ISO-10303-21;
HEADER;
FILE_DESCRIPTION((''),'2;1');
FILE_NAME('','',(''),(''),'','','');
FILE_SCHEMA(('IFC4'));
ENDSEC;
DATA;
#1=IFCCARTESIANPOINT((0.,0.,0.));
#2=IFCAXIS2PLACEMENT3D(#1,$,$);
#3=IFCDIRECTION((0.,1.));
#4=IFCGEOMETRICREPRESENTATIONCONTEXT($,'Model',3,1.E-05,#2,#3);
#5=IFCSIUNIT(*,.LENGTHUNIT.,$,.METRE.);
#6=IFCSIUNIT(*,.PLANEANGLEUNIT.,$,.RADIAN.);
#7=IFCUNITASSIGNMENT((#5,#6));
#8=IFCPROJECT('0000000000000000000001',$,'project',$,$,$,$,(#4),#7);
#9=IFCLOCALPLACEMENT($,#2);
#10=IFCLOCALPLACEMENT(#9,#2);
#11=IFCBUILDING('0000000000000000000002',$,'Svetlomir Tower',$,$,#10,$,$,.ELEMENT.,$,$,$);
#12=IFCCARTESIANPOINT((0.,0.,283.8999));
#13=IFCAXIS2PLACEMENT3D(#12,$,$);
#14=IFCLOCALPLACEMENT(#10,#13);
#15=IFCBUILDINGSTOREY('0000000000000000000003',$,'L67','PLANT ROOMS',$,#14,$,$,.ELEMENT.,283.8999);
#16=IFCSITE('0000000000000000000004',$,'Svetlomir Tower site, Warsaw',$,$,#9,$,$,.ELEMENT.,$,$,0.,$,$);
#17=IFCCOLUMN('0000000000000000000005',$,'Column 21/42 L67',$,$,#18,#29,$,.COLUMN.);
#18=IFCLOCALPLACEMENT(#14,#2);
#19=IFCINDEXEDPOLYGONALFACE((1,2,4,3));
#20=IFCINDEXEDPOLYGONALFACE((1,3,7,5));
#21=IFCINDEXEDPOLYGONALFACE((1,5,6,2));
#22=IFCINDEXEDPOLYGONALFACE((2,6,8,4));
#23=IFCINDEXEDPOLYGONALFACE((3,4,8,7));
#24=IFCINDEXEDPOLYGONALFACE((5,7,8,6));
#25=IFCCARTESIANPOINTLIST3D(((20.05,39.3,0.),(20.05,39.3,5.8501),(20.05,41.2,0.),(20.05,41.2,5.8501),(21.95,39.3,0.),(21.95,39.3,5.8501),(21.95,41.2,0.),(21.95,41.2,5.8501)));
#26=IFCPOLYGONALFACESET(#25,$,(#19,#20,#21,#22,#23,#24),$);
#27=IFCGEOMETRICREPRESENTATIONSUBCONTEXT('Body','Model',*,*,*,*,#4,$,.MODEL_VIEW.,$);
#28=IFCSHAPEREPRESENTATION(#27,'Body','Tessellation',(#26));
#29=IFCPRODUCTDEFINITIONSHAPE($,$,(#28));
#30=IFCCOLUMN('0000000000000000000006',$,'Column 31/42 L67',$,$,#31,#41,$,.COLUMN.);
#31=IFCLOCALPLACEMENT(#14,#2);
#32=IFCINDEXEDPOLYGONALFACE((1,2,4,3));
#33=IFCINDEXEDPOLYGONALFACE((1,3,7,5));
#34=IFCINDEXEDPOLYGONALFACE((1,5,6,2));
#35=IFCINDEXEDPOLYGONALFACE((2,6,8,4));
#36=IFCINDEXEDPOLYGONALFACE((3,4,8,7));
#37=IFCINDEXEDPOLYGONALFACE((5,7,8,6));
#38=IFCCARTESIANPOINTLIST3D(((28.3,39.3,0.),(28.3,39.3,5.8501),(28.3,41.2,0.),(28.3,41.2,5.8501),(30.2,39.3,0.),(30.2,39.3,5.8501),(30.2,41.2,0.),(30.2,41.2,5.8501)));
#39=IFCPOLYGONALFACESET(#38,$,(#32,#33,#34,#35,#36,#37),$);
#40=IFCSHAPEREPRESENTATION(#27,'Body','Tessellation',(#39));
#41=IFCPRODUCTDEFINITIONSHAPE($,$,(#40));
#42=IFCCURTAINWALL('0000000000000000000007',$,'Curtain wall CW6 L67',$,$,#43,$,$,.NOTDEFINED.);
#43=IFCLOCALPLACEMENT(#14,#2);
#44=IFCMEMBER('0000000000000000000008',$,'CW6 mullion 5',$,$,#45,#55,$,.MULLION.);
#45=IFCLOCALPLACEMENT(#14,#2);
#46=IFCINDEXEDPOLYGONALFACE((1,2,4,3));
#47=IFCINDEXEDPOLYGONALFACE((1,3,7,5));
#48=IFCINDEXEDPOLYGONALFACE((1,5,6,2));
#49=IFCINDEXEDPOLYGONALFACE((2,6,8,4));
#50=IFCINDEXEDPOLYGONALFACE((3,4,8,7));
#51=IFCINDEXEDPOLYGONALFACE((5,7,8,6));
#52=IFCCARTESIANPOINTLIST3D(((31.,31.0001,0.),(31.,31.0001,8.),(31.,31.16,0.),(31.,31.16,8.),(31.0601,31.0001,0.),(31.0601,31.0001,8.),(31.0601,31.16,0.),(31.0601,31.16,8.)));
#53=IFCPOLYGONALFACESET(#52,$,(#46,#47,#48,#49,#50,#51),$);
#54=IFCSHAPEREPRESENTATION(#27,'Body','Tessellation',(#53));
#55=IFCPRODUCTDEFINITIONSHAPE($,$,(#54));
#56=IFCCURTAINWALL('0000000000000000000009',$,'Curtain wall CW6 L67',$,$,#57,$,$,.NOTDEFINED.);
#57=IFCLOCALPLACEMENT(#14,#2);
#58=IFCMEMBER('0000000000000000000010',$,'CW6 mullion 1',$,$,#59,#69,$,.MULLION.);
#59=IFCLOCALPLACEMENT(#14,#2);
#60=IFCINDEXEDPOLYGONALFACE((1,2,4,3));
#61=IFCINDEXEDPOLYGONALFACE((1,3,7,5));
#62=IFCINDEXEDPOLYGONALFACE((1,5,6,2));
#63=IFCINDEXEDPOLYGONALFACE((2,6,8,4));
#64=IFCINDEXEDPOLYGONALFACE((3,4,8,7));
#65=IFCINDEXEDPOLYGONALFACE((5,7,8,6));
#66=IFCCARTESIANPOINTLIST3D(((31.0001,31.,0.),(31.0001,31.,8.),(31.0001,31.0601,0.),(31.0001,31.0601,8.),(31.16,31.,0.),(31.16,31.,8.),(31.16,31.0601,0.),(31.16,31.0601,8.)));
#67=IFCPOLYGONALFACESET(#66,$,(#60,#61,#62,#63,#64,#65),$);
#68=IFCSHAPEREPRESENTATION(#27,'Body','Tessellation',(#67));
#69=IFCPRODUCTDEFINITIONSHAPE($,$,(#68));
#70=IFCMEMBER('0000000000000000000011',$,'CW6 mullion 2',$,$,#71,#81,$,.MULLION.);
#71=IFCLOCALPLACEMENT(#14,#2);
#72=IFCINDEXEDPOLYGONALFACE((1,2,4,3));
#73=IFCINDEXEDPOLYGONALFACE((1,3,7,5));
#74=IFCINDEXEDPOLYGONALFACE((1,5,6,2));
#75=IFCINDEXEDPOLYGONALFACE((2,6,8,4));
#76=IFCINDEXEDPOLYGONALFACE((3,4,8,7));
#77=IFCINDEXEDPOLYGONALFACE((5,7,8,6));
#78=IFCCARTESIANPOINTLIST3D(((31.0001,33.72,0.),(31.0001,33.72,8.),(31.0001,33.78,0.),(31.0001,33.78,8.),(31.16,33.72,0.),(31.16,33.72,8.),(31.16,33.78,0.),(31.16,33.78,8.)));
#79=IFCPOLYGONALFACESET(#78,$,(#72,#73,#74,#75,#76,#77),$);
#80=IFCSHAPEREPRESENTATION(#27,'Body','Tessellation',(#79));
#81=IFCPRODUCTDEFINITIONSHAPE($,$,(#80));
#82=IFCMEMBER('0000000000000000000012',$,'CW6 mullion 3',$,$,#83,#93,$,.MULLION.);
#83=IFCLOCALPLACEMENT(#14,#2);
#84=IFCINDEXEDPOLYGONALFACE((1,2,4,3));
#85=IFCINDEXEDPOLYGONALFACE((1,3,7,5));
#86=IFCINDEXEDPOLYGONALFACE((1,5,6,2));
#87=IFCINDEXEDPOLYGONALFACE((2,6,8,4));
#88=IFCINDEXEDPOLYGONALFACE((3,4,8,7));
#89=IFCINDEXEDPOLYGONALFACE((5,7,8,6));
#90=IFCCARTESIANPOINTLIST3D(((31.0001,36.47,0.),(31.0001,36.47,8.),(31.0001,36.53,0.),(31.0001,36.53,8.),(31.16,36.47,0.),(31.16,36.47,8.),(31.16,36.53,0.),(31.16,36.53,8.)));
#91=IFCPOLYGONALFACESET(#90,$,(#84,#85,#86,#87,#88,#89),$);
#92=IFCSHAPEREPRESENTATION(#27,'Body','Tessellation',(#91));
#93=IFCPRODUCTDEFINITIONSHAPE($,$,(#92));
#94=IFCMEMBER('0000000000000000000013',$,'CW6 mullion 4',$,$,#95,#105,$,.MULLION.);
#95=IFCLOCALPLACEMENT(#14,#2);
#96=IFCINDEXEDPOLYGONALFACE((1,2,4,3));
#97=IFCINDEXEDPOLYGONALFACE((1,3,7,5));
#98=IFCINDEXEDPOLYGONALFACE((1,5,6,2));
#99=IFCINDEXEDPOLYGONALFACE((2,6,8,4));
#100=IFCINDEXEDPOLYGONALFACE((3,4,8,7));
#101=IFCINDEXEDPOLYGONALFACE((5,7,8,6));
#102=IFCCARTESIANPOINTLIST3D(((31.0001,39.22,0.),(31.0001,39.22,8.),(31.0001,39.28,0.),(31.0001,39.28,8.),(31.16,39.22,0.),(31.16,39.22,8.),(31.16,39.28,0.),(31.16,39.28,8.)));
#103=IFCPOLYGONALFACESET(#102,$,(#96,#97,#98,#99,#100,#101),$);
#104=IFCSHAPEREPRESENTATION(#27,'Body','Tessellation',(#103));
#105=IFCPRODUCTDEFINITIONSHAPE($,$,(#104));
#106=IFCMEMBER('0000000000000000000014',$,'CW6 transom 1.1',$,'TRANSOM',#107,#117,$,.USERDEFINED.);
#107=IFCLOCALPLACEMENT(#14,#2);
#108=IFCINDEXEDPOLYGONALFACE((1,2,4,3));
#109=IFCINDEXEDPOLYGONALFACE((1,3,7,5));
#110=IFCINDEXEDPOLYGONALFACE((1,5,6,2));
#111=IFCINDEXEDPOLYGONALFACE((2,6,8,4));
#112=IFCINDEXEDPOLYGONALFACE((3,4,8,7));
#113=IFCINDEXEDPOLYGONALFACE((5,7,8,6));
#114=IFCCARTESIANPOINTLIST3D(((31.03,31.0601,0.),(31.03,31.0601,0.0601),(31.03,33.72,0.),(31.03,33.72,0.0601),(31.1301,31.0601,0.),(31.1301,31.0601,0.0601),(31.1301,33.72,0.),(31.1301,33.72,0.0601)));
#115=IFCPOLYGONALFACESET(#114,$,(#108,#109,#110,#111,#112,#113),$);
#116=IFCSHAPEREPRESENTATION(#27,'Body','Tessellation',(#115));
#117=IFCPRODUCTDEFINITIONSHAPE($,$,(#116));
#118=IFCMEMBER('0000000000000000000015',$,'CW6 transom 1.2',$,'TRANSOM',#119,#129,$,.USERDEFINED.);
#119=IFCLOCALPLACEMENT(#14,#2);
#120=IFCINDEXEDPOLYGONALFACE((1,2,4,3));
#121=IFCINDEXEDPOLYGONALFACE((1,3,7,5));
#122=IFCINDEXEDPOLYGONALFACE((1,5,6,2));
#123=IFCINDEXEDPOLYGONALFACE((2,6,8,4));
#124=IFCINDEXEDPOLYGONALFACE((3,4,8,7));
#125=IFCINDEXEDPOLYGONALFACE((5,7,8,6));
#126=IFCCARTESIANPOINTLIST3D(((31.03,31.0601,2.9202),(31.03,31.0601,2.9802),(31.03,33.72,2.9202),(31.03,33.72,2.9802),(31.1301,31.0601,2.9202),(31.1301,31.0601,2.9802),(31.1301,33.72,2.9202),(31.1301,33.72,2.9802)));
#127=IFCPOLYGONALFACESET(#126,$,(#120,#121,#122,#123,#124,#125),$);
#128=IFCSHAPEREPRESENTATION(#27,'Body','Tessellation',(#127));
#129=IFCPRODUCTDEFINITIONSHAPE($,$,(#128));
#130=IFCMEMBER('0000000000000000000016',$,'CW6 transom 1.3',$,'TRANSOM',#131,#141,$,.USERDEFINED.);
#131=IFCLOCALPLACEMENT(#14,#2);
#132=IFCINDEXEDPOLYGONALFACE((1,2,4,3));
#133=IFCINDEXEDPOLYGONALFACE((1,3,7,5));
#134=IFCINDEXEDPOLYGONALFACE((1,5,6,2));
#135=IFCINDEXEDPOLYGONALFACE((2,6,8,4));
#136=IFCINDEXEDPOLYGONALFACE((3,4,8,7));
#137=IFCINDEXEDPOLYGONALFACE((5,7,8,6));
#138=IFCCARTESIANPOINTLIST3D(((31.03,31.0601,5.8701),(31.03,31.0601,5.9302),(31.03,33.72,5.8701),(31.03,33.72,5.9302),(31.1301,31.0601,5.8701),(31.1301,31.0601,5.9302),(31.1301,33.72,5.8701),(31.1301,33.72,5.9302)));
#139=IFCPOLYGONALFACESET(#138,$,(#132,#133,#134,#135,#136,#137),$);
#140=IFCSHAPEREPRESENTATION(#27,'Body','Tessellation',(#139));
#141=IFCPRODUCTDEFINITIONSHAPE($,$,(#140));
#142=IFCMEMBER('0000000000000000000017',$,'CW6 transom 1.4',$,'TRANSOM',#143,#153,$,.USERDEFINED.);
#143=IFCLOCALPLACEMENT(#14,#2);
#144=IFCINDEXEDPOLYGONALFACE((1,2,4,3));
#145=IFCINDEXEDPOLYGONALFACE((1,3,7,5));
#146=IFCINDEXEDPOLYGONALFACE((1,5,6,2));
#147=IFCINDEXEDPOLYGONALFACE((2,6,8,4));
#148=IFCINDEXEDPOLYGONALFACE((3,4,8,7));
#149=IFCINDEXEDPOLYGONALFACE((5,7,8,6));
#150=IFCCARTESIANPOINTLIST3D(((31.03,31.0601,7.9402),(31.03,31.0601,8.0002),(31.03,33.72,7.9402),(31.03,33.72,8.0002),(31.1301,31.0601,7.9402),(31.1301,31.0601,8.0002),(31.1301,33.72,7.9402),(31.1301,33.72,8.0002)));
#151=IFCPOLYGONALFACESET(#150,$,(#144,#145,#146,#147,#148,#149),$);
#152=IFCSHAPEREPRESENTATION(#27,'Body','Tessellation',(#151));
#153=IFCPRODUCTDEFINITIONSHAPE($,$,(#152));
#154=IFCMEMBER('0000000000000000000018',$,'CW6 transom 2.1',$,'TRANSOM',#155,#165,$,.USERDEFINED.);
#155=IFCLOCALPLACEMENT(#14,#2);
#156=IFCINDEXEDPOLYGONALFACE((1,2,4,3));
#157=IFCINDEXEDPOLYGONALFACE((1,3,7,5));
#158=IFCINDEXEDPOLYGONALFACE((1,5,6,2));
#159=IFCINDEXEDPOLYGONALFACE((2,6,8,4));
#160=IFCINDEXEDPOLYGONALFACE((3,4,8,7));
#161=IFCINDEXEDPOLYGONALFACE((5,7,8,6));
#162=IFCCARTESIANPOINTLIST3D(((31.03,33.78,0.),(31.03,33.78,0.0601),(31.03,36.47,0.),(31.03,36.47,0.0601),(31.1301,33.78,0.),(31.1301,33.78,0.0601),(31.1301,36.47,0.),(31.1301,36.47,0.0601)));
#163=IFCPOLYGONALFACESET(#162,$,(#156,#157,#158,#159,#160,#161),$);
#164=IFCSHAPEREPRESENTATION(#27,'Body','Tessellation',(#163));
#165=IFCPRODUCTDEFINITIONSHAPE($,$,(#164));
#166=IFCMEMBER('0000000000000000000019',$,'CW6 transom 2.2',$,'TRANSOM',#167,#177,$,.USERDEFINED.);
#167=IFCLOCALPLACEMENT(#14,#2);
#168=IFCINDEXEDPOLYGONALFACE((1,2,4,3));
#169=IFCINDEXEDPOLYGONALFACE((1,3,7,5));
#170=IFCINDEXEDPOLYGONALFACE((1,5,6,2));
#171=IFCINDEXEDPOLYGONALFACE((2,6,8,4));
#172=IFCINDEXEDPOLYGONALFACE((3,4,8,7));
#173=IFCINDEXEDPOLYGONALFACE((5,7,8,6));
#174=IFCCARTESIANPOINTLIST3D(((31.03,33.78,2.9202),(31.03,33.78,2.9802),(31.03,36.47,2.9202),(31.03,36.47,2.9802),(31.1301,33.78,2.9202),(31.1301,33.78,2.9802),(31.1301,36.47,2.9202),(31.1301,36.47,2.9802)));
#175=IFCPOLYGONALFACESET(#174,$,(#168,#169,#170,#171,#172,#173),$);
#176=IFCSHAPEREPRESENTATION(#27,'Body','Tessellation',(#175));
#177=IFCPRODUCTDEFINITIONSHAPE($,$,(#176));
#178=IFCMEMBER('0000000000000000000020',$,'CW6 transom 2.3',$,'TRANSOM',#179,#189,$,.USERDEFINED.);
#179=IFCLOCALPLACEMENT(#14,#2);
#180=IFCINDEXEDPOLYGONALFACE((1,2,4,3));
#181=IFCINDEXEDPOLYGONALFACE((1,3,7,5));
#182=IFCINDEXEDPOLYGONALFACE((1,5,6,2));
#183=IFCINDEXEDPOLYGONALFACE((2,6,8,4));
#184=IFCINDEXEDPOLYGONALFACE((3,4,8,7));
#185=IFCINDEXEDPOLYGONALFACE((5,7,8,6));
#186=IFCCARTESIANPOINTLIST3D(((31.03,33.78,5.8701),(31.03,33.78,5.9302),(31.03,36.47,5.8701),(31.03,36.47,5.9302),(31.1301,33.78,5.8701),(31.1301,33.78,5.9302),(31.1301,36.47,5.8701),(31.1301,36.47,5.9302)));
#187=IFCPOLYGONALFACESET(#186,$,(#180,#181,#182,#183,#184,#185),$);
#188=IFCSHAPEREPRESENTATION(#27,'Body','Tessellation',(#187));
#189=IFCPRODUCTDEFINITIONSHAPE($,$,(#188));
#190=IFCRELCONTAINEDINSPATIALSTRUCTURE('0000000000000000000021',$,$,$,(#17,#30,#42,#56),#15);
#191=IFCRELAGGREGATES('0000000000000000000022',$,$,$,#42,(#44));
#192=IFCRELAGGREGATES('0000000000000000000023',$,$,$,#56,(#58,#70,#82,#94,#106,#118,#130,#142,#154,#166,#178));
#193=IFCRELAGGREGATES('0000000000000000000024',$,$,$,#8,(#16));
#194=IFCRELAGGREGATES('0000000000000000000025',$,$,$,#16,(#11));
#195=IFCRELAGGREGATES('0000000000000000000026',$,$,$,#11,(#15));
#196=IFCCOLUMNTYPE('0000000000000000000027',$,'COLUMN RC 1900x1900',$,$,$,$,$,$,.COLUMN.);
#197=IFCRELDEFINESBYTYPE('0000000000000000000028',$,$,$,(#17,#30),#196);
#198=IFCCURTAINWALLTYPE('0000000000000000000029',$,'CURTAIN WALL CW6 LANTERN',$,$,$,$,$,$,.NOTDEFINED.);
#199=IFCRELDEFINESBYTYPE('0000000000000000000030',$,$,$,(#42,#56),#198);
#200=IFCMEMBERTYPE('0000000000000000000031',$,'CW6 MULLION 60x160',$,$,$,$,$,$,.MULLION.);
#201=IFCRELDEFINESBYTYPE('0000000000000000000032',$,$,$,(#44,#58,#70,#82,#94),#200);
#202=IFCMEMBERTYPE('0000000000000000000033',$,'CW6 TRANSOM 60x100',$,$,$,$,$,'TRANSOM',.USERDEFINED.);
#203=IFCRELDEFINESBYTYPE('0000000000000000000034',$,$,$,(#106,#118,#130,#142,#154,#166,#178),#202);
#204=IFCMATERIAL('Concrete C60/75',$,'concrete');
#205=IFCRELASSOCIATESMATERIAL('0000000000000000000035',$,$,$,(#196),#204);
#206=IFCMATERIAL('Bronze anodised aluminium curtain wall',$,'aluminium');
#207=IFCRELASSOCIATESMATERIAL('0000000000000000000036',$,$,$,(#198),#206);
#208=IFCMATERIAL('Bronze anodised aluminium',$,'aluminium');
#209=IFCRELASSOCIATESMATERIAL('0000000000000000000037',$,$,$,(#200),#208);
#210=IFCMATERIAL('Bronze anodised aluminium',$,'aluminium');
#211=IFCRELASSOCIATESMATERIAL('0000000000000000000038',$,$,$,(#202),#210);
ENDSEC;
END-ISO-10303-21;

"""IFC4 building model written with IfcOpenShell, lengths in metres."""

from ifc_helpers import new_model, si_unit, direction, frame, origin, origin_2d, place, context, subcontext, project, spatial, rectangle, extrude, material, material_profile, profile_set, type_object, element, aggregate, save


model = new_model("IFC4")

# Units and contexts
model_context = context("Model", 3, precision=1e-05, world=origin(), true_north=direction((0.0, 1.0)))
body_context = subcontext(model_context, "Body", "Model", "MODEL_VIEW")
ifc_project = project(units=[si_unit("LENGTHUNIT", "METRE"), si_unit("PLANEANGLEUNIT", "RADIAN")], contexts=[model_context])

# Site, building, storey
site_placement = place(None, origin())
site = spatial("IfcSite", under=ifc_project, at=site_placement, Name="Svetlomir Tower site, Warsaw", CompositionType="ELEMENT", RefElevation=0.0)
building_placement = place(site_placement, origin())
building = spatial("IfcBuilding", under=site, at=building_placement, Name="Svetlomir Tower", CompositionType="ELEMENT")
storey_placement = place(building_placement, frame((0.0, 0.0, 283.8999)))
storey = spatial("IfcBuildingStorey", under=building, at=storey_placement, Name="L67", Description="PLANT ROOMS", CompositionType="ELEMENT", Elevation=283.8999)

# Columns
ifc_material_1 = material(Name="Concrete C60/75", Category="concrete")
ifc_material_profile_1 = material_profile(ifc_material_1, rectangle(XDim=1.8999, YDim=1.8999, at=origin_2d()), Name="RC 1900x1900")
ifc_profile_set_1 = profile_set([ifc_material_profile_1], Name="Concrete C60/75")
column_type = type_object("IfcColumnType", Name="COLUMN RC 1900x1900", PredefinedType="COLUMN", material=ifc_profile_set_1)
for number, where, z_axis, x_axis, name in (
    (1, (21.0, 40.25, 0.0), (0.0, 0.0, 1.0), (1.0, 0.0, 0.0), "Column 21/42 L67"),
    (2, (29.25, 40.25, 0.0), (0.0, 0.0, 1.0), (1.0, 0.0, 0.0), "Column 31/42 L67"),
):
    element("IfcColumn", number, at=place(storey_placement, frame(where, z_axis=z_axis, x_axis=x_axis)), inside=storey, type_object=column_type, Name=name, PredefinedType="COLUMN", context=body_context, shape_type="SweptSolid", body=[
        extrude(rectangle(XDim=1.8999, YDim=1.8999, at=origin_2d()), origin(), (0.0, 0.0, 1.0), 5.8501),
    ])

# Curtain wall, member
ifc_material_2 = material(Name="Bronze anodised aluminium curtain wall", Category="aluminium")
curtain_wall_type = type_object("IfcCurtainWallType", Name="CURTAIN WALL CW6 LANTERN", PredefinedType="NOTDEFINED", material=ifc_material_2)
curtain_wall_1_placement = place(storey_placement, origin())
curtain_wall_1 = element("IfcCurtainWall", 3, at=curtain_wall_1_placement, inside=storey, type_object=curtain_wall_type, Name="Curtain wall CW6 L67", PredefinedType="NOTDEFINED")
ifc_material_3 = material(Name="Bronze anodised aluminium", Category="aluminium")
ifc_material_profile_2 = material_profile(ifc_material_3, rectangle(XDim=0.0601, YDim=0.1599, at=origin_2d()), Name="AL 60x160")
ifc_profile_set_2 = profile_set([ifc_material_profile_2], Name="Bronze anodised aluminium 6063-T6")
member_type_1 = type_object("IfcMemberType", Name="CW6 MULLION 60x160", PredefinedType="MULLION", material=ifc_profile_set_2)
member_1_placement = place(storey_placement, frame((31.03, 31.0801, 0.0), z_axis=(0.0, 0.0, 1.0), x_axis=(-1.0, 0.0, 0.0)))
member_1 = element("IfcMember", 4, at=member_1_placement, type_object=member_type_1, Name="CW6 mullion 5", PredefinedType="MULLION", context=body_context, shape_type="SweptSolid", body=[
    extrude(rectangle(XDim=0.0601, YDim=0.1599, at=origin_2d()), origin(), (0.0, 0.0, 1.0), 8.0),
])
aggregate(curtain_wall_1, [member_1])

# Curtain wall, members
curtain_wall_2_placement = place(storey_placement, origin())
curtain_wall_2 = element("IfcCurtainWall", 5, at=curtain_wall_2_placement, inside=storey, type_object=curtain_wall_type, Name="Curtain wall CW6 L67", PredefinedType="NOTDEFINED")
member_2_placement = place(storey_placement, frame((31.0801, 31.03, 0.0), z_axis=(0.0, 0.0, 1.0), x_axis=(0.0, 1.0, 0.0)))
member_2 = element("IfcMember", 6, at=member_2_placement, type_object=member_type_1, Name="CW6 mullion 1", PredefinedType="MULLION", context=body_context, shape_type="SweptSolid", body=[
    extrude(rectangle(XDim=0.0601, YDim=0.1599, at=origin_2d()), origin(), (0.0, 0.0, 1.0), 8.0),
])
member_3_placement = place(storey_placement, frame((31.0801, 33.75, 0.0), z_axis=(0.0, 0.0, 1.0), x_axis=(0.0, 1.0, 0.0)))
member_3 = element("IfcMember", 7, at=member_3_placement, type_object=member_type_1, Name="CW6 mullion 2", PredefinedType="MULLION", context=body_context, shape_type="SweptSolid", body=[
    extrude(rectangle(XDim=0.0601, YDim=0.1599, at=origin_2d()), origin(), (0.0, 0.0, 1.0), 8.0),
])
member_4_placement = place(storey_placement, frame((31.0801, 36.5, 0.0), z_axis=(0.0, 0.0, 1.0), x_axis=(0.0, 1.0, 0.0)))
member_4 = element("IfcMember", 8, at=member_4_placement, type_object=member_type_1, Name="CW6 mullion 3", PredefinedType="MULLION", context=body_context, shape_type="SweptSolid", body=[
    extrude(rectangle(XDim=0.0601, YDim=0.1599, at=origin_2d()), origin(), (0.0, 0.0, 1.0), 8.0),
])
member_5_placement = place(storey_placement, frame((31.0801, 39.25, 0.0), z_axis=(0.0, 0.0, 1.0), x_axis=(0.0, 1.0, 0.0)))
member_5 = element("IfcMember", 9, at=member_5_placement, type_object=member_type_1, Name="CW6 mullion 4", PredefinedType="MULLION", context=body_context, shape_type="SweptSolid", body=[
    extrude(rectangle(XDim=0.0601, YDim=0.1599, at=origin_2d()), origin(), (0.0, 0.0, 1.0), 8.0),
])
ifc_material_4 = material(Name="Bronze anodised aluminium", Category="aluminium")
ifc_material_profile_3 = material_profile(ifc_material_4, rectangle(XDim=0.1001, YDim=0.0601, at=origin_2d()), Name="AL 100x60")
ifc_profile_set_3 = profile_set([ifc_material_profile_3], Name="Bronze anodised aluminium 6063-T6")
member_type_2 = type_object("IfcMemberType", Name="CW6 TRANSOM 60x100", ElementType="TRANSOM", PredefinedType="USERDEFINED", material=ifc_profile_set_3)
member_6_placement = place(storey_placement, frame((31.0801, 31.0601, 0.03), z_axis=(0.0, 1.0, 0.0), x_axis=(-1.0, 0.0, 0.0)))
member_6 = element("IfcMember", 10, at=member_6_placement, type_object=member_type_2, Name="CW6 transom 1.1", ObjectType="TRANSOM", PredefinedType="USERDEFINED", context=body_context, shape_type="SweptSolid", body=[
    extrude(rectangle(XDim=0.1001, YDim=0.0601, at=origin_2d()), origin(), (0.0, 0.0, 1.0), 2.6599),
])
member_7_placement = place(storey_placement, frame((31.0801, 31.0601, 2.9502), z_axis=(0.0, 1.0, 0.0), x_axis=(-1.0, 0.0, 0.0)))
member_7 = element("IfcMember", 11, at=member_7_placement, type_object=member_type_2, Name="CW6 transom 1.2", ObjectType="TRANSOM", PredefinedType="USERDEFINED", context=body_context, shape_type="SweptSolid", body=[
    extrude(rectangle(XDim=0.1001, YDim=0.0601, at=origin_2d()), origin(), (0.0, 0.0, 1.0), 2.6599),
])
member_8_placement = place(storey_placement, frame((31.0801, 31.0601, 5.9001), z_axis=(0.0, 1.0, 0.0), x_axis=(-1.0, 0.0, 0.0)))
member_8 = element("IfcMember", 12, at=member_8_placement, type_object=member_type_2, Name="CW6 transom 1.3", ObjectType="TRANSOM", PredefinedType="USERDEFINED", context=body_context, shape_type="SweptSolid", body=[
    extrude(rectangle(XDim=0.1001, YDim=0.0601, at=origin_2d()), origin(), (0.0, 0.0, 1.0), 2.6599),
])
member_9_placement = place(storey_placement, frame((31.0801, 31.0601, 7.9702), z_axis=(0.0, 1.0, 0.0), x_axis=(-1.0, 0.0, 0.0)))
member_9 = element("IfcMember", 13, at=member_9_placement, type_object=member_type_2, Name="CW6 transom 1.4", ObjectType="TRANSOM", PredefinedType="USERDEFINED", context=body_context, shape_type="SweptSolid", body=[
    extrude(rectangle(XDim=0.1001, YDim=0.0601, at=origin_2d()), origin(), (0.0, 0.0, 1.0), 2.6599),
])
member_10_placement = place(storey_placement, frame((31.0801, 33.78, 0.03), z_axis=(0.0, 1.0, 0.0), x_axis=(-1.0, 0.0, 0.0)))
member_10 = element("IfcMember", 14, at=member_10_placement, type_object=member_type_2, Name="CW6 transom 2.1", ObjectType="TRANSOM", PredefinedType="USERDEFINED", context=body_context, shape_type="SweptSolid", body=[
    extrude(rectangle(XDim=0.1001, YDim=0.0601, at=origin_2d()), origin(), (0.0, 0.0, 1.0), 2.6899),
])
member_11_placement = place(storey_placement, frame((31.0801, 33.78, 2.9502), z_axis=(0.0, 1.0, 0.0), x_axis=(-1.0, 0.0, 0.0)))
member_11 = element("IfcMember", 15, at=member_11_placement, type_object=member_type_2, Name="CW6 transom 2.2", ObjectType="TRANSOM", PredefinedType="USERDEFINED", context=body_context, shape_type="SweptSolid", body=[
    extrude(rectangle(XDim=0.1001, YDim=0.0601, at=origin_2d()), origin(), (0.0, 0.0, 1.0), 2.6899),
])
member_12_placement = place(storey_placement, frame((31.0801, 33.78, 5.9001), z_axis=(0.0, 1.0, 0.0), x_axis=(-1.0, 0.0, 0.0)))
member_12 = element("IfcMember", 16, at=member_12_placement, type_object=member_type_2, Name="CW6 transom 2.3", ObjectType="TRANSOM", PredefinedType="USERDEFINED", context=body_context, shape_type="SweptSolid", body=[
    extrude(rectangle(XDim=0.1001, YDim=0.0601, at=origin_2d()), origin(), (0.0, 0.0, 1.0), 2.6899),
])
aggregate(curtain_wall_2, [member_2, member_3, member_4, member_5, member_6, member_7, member_8, member_9, member_10, member_11, member_12])

save(model, "model.ifc")
